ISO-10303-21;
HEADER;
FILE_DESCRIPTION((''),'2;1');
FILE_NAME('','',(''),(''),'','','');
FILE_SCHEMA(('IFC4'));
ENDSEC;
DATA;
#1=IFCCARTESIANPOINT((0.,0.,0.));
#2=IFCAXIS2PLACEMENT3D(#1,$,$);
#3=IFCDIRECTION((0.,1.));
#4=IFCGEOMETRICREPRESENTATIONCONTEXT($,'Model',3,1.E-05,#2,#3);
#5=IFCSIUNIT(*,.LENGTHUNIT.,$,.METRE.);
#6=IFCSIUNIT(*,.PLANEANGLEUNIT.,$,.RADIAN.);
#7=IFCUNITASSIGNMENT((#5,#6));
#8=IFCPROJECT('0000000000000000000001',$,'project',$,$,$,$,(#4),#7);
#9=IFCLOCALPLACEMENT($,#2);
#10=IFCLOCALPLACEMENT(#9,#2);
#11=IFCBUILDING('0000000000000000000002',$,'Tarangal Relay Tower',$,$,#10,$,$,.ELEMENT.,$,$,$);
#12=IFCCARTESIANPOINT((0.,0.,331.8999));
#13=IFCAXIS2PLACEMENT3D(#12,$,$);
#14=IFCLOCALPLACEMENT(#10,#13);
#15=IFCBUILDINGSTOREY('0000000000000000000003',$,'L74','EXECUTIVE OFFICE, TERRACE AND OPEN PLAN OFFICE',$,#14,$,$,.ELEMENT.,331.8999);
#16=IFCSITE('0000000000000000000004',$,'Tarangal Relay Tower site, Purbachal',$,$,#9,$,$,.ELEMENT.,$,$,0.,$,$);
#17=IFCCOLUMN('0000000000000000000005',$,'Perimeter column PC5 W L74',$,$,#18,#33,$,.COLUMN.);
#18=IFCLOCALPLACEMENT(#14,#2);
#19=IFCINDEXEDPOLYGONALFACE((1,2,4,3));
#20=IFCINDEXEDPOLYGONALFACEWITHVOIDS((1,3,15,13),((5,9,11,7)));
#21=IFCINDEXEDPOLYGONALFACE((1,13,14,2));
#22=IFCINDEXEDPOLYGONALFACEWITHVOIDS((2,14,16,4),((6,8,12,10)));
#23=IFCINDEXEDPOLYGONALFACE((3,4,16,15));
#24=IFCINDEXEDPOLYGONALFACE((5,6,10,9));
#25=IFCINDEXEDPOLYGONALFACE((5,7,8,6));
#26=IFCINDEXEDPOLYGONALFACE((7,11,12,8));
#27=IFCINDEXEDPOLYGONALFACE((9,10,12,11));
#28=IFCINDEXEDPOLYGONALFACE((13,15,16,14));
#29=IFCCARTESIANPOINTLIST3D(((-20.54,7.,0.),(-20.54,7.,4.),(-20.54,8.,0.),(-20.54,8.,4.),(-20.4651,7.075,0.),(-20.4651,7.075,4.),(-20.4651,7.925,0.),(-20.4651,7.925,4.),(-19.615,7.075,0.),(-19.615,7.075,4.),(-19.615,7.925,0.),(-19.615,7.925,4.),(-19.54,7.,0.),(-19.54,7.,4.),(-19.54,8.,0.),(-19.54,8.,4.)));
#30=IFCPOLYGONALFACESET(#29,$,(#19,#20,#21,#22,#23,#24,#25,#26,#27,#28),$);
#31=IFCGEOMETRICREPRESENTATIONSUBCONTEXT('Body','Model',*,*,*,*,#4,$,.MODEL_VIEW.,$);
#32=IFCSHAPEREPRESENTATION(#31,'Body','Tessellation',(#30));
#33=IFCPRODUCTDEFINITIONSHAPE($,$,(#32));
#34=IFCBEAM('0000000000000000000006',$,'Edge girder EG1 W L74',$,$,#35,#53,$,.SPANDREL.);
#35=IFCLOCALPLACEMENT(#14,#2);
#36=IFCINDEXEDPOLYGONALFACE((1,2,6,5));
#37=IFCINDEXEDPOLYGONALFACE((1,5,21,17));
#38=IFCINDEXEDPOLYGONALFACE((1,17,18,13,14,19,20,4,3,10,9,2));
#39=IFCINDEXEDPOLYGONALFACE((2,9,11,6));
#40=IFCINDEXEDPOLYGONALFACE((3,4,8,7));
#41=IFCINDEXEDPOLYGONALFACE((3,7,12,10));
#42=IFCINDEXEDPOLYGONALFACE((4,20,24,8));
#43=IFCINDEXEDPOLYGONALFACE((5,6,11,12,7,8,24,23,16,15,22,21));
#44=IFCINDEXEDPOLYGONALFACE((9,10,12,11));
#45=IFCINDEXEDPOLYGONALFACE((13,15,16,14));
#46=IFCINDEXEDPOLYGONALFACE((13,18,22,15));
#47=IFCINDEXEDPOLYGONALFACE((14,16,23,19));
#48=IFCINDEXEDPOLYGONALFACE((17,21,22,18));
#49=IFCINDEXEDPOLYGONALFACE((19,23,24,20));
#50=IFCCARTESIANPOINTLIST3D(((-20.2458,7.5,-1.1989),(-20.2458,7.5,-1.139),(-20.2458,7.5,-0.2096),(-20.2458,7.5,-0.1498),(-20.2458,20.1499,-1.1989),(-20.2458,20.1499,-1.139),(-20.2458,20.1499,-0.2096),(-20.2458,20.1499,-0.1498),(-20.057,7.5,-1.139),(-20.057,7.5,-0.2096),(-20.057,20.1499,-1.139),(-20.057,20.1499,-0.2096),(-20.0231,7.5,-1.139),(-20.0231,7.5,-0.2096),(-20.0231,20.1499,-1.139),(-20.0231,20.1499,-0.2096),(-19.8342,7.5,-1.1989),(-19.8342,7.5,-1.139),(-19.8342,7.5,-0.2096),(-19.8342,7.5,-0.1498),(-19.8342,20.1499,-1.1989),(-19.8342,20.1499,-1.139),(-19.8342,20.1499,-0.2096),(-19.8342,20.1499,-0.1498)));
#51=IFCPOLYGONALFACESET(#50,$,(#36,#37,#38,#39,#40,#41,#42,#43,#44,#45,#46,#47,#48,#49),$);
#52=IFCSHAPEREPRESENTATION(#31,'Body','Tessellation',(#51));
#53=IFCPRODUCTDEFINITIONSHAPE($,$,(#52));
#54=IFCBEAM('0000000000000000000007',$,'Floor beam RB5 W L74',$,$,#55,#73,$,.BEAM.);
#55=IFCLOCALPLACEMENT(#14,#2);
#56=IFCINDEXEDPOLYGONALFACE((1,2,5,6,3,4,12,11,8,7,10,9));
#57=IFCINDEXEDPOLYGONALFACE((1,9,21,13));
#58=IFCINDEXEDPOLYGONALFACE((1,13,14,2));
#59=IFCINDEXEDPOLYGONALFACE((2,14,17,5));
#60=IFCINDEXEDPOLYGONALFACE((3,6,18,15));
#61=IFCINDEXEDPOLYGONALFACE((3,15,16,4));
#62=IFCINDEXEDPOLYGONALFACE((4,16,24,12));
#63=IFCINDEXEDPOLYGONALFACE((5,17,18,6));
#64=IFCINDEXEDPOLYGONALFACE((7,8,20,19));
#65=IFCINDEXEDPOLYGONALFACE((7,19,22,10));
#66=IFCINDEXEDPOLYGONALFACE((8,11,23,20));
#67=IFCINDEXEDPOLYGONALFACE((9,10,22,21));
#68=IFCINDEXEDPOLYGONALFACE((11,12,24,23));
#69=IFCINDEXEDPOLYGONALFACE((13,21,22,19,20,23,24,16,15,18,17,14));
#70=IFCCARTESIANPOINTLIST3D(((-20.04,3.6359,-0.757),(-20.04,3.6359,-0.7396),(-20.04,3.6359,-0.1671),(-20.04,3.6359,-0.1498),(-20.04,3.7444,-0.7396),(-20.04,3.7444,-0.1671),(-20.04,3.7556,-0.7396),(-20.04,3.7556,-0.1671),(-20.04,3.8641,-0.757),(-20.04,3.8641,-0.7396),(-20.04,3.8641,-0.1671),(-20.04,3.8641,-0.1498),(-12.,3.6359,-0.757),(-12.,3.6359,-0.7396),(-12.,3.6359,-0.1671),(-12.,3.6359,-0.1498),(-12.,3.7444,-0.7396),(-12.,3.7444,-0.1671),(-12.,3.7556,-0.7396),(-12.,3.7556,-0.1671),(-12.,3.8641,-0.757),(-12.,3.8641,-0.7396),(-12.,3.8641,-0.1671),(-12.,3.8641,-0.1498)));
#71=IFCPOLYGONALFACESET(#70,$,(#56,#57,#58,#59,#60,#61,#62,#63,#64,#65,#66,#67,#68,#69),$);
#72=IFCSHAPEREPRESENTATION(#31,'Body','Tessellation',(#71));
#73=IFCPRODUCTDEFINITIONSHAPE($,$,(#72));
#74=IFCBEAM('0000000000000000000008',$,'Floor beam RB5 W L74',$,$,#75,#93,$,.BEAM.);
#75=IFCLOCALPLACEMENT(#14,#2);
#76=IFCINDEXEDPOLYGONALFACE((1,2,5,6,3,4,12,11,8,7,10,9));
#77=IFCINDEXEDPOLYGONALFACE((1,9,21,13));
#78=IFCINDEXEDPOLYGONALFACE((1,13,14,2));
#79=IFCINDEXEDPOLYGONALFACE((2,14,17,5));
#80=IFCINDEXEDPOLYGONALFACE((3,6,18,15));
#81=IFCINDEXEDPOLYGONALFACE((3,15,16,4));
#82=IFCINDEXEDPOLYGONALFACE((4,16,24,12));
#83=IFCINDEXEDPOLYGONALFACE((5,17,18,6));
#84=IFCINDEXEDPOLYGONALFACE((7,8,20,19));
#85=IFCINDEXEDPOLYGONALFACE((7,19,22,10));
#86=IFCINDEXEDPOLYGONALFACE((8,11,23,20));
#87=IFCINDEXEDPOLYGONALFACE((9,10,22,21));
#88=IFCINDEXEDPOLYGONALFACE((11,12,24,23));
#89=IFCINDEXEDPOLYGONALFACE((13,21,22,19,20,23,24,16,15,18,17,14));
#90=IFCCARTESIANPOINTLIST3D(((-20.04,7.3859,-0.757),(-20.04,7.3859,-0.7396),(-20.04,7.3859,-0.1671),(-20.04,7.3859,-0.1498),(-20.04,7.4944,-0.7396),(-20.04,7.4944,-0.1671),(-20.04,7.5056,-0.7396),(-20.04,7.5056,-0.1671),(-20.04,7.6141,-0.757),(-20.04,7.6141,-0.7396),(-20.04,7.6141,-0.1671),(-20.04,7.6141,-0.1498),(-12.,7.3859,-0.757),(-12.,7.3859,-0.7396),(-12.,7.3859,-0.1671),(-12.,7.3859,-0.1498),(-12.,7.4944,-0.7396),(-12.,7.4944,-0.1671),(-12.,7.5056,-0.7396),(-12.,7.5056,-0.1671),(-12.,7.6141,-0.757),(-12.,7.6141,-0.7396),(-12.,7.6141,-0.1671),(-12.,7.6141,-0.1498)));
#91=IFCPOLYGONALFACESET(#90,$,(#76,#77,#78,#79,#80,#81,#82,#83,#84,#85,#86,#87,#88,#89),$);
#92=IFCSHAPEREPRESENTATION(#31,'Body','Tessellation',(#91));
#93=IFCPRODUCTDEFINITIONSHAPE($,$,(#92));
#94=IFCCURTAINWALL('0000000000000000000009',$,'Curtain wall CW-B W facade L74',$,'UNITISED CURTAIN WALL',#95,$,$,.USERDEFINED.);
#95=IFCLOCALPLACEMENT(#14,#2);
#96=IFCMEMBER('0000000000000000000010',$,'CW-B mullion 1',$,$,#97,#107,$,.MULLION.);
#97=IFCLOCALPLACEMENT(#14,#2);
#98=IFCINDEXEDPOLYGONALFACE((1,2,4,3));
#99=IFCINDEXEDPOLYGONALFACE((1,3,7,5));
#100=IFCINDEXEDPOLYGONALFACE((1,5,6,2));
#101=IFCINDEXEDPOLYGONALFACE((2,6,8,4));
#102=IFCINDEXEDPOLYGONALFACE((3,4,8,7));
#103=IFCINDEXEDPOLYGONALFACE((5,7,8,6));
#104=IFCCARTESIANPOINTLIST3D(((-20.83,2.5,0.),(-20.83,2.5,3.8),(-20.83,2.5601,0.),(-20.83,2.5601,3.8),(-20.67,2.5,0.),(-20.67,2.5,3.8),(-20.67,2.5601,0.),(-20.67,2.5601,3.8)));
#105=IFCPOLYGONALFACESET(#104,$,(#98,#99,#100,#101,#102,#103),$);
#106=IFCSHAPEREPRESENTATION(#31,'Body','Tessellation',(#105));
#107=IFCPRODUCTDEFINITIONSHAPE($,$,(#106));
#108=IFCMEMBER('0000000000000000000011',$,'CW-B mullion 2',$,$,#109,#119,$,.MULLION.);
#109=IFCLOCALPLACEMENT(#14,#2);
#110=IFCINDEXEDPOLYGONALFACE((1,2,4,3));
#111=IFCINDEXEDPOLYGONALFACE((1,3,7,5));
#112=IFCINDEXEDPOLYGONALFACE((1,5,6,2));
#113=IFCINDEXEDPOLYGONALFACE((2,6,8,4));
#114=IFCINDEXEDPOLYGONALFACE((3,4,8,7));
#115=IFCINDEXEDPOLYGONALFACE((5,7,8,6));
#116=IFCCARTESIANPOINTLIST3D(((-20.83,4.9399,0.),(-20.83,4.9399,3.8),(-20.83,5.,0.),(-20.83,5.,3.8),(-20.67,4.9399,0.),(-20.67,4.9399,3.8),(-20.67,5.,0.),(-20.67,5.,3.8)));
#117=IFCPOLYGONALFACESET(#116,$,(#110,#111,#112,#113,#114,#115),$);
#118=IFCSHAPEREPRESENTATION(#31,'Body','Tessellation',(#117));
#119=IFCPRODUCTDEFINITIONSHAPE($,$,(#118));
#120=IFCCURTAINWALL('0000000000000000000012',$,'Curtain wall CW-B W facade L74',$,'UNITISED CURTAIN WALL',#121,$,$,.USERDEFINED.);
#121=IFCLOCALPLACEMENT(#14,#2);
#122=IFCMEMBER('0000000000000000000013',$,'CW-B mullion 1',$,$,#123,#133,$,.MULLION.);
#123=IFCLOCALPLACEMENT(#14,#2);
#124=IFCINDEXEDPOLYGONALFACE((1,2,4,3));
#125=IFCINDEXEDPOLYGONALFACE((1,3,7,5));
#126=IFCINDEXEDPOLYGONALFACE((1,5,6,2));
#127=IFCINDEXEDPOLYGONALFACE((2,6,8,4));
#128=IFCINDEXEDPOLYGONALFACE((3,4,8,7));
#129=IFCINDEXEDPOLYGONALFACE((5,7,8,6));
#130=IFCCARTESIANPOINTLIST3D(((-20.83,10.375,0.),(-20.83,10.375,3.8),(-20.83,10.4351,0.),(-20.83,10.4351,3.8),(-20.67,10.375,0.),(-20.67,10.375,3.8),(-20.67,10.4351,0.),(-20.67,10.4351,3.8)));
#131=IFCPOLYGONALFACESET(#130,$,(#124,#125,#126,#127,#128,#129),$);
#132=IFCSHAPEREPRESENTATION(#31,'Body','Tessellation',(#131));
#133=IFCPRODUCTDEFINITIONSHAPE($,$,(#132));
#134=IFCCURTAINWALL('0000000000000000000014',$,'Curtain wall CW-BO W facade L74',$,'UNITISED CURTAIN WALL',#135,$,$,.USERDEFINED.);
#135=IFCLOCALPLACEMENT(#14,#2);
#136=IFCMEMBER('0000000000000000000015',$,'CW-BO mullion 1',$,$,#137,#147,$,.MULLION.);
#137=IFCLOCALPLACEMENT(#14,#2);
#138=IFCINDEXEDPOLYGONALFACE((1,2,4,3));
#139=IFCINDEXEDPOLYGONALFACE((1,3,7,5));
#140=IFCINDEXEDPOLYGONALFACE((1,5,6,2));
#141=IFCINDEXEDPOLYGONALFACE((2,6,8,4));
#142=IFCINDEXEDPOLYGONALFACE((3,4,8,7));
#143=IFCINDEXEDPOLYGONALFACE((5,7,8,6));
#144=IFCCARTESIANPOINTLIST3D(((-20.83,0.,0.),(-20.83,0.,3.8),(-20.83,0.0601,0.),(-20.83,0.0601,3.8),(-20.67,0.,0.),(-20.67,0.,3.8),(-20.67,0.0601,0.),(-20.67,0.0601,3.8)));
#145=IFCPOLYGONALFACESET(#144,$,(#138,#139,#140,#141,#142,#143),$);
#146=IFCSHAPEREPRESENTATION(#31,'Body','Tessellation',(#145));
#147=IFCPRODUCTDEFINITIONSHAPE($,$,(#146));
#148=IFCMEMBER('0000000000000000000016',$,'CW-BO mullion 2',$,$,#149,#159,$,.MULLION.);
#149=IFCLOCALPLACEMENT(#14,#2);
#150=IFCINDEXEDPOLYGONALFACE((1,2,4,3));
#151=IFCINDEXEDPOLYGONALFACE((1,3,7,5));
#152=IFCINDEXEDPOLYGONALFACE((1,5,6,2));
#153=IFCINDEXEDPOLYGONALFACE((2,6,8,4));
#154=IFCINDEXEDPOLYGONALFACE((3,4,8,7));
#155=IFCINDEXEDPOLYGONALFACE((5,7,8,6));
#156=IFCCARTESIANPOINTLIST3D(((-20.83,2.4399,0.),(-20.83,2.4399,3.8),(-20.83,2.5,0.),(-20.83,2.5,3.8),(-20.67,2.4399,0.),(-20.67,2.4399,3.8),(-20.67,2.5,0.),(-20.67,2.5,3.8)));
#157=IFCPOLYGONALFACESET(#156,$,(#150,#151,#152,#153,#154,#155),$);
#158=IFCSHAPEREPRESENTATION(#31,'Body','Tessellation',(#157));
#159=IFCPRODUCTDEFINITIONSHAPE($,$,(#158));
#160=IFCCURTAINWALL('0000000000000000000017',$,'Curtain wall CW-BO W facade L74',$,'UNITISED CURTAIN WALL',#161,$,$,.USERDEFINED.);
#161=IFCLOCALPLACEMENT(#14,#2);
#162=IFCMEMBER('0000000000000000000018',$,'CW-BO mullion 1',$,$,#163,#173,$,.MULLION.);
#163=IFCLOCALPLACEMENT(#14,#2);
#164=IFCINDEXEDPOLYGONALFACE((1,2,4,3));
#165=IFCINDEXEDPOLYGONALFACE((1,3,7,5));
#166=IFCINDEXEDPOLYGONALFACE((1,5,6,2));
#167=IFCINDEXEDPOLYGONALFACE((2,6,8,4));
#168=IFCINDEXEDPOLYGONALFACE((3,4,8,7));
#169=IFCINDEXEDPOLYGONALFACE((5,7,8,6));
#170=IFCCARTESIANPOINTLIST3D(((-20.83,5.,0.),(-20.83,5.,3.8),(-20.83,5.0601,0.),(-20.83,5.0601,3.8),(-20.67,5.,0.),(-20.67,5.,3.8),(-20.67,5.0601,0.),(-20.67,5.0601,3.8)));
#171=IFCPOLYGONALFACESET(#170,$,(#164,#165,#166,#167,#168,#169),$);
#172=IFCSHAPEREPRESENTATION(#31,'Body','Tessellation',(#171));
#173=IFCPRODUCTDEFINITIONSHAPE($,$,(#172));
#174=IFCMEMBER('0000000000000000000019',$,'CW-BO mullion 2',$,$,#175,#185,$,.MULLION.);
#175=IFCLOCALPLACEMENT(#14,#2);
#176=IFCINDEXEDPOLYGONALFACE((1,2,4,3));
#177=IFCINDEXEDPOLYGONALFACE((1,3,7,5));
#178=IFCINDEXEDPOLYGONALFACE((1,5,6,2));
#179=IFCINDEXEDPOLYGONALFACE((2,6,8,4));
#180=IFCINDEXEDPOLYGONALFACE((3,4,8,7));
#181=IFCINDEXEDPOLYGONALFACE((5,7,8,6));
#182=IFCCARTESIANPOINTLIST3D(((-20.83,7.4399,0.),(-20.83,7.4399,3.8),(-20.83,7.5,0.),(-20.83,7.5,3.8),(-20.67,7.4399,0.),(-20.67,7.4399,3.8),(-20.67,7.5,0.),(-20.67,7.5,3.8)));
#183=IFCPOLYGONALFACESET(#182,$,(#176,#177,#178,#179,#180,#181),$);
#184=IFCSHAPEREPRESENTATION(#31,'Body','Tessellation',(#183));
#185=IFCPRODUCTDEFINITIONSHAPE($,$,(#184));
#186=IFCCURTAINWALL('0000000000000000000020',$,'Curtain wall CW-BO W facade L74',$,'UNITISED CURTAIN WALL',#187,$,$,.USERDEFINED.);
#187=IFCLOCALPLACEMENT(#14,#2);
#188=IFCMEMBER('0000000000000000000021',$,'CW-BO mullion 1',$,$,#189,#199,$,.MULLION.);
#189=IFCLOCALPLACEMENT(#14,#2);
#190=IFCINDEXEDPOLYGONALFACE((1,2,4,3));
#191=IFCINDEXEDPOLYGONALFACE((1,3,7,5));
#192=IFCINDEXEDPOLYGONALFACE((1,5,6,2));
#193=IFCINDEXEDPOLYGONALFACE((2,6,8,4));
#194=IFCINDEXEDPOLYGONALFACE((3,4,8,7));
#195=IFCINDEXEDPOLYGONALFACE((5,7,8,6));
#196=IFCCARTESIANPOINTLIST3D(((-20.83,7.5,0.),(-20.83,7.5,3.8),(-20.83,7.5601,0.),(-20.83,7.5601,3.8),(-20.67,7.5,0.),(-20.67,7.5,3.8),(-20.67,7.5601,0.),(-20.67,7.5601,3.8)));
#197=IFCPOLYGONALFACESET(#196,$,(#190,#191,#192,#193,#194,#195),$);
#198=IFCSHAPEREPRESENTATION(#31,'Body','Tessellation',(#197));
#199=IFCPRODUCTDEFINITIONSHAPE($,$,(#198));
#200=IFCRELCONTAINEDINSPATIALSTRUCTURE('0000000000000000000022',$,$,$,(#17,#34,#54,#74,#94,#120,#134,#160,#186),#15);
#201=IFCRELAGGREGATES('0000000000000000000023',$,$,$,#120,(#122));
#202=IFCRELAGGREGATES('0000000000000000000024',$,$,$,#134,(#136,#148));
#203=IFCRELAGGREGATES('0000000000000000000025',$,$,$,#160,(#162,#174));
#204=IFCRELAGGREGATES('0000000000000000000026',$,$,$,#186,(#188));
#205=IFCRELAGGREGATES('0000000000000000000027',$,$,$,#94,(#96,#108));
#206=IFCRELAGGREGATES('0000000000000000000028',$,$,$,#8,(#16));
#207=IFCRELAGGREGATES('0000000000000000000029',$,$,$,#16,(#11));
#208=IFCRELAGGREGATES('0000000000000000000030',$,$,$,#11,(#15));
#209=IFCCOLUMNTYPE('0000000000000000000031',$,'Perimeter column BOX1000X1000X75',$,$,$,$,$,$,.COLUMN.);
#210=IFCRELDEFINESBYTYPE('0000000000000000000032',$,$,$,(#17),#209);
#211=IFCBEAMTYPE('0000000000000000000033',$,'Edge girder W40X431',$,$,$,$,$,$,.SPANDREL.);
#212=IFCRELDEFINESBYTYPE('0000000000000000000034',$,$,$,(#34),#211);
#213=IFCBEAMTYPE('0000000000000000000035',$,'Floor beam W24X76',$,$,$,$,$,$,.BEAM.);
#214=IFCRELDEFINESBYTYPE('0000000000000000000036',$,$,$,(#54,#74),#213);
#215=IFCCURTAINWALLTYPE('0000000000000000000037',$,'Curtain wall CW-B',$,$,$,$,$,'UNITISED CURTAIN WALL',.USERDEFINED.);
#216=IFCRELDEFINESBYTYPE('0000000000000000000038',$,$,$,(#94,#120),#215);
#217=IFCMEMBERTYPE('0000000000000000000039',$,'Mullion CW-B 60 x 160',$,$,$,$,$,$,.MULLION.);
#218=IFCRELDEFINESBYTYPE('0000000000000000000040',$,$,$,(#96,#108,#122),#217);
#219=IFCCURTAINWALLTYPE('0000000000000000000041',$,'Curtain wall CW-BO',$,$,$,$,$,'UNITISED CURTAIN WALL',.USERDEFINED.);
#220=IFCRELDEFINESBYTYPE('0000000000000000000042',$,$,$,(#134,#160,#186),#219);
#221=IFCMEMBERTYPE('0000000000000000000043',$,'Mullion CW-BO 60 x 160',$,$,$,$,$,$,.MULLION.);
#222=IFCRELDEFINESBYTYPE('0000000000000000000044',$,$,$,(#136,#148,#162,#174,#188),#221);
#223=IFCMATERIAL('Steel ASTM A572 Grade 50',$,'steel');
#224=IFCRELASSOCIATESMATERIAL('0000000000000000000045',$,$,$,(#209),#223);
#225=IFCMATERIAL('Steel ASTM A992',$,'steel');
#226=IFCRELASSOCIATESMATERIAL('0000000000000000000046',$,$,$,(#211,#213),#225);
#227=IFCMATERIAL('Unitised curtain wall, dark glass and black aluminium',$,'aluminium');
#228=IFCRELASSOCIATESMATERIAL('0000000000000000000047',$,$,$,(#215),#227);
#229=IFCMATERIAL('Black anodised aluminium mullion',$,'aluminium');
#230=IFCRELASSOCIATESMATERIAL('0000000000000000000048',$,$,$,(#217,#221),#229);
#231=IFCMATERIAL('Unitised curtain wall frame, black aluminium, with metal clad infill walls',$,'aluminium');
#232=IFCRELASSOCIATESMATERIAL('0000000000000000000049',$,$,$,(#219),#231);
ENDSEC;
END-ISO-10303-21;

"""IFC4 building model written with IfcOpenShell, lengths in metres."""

from ifc_helpers import new_model, si_unit, direction, frame, origin, origin_2d, place, context, subcontext, project, spatial, rectangle, hollow_rectangle, i_section, extrude, material, material_profile, profile_set, type_object, element, aggregate, save


model = new_model("IFC4")

# Units and contexts
model_context = context("Model", 3, precision=1e-05, world=origin(), true_north=direction((0.0, 1.0)))
body_context = subcontext(model_context, "Body", "Model", "MODEL_VIEW")
ifc_project = project(units=[si_unit("LENGTHUNIT", "METRE"), si_unit("PLANEANGLEUNIT", "RADIAN")], contexts=[model_context])

# Site, building, storey
site_placement = place(None, origin())
site = spatial("IfcSite", under=ifc_project, at=site_placement, Name="Tarangal Relay Tower site, Purbachal", CompositionType="ELEMENT", RefElevation=0.0)
building_placement = place(site_placement, origin())
building = spatial("IfcBuilding", under=site, at=building_placement, Name="Tarangal Relay Tower", CompositionType="ELEMENT")
storey_placement = place(building_placement, frame((0.0, 0.0, 331.8999)))
storey = spatial("IfcBuildingStorey", under=building, at=storey_placement, Name="L74", Description="EXECUTIVE OFFICE, TERRACE AND OPEN PLAN OFFICE", CompositionType="ELEMENT", Elevation=331.8999)

# Column
ifc_material_1 = material(Name="Steel ASTM A572 Grade 50", Category="steel")
ifc_material_profile_1 = material_profile(ifc_material_1, hollow_rectangle(XDim=1.0, YDim=1.0, WallThickness=0.075, at=origin_2d()), Name="BOX1000X1000X75")
ifc_profile_set_1 = profile_set([ifc_material_profile_1], Name="Steel ASTM A572 Grade 50")
column_type = type_object("IfcColumnType", Name="Perimeter column BOX1000X1000X75", PredefinedType="COLUMN", material=ifc_profile_set_1)
column_placement = place(storey_placement, frame((-20.04, 7.5, 0.0), z_axis=(0.0, 0.0, 1.0), x_axis=(1.0, 0.0, 0.0)))
element("IfcColumn", 1, at=column_placement, inside=storey, type_object=column_type, Name="Perimeter column PC5 W L74", PredefinedType="COLUMN", context=body_context, shape_type="SweptSolid", body=[
    extrude(hollow_rectangle(XDim=1.0, YDim=1.0, WallThickness=0.075, at=origin_2d()), origin(), (0.0, 0.0, 1.0), 4.0),
])

# Beams
ifc_material_2 = material(Name="Steel ASTM A992", Category="steel")
ifc_material_profile_2 = material_profile(ifc_material_2, i_section(OverallWidth=0.4116, OverallDepth=1.0491, WebThickness=0.0339, FlangeThickness=0.0598, at=origin_2d()), Name="W40X431")
ifc_profile_set_2 = profile_set([ifc_material_profile_2], Name="Steel ASTM A992")
beam_type_1 = type_object("IfcBeamType", Name="Edge girder W40X431", PredefinedType="SPANDREL", material=ifc_profile_set_2)
beam_placement = place(storey_placement, frame((-20.04, 7.5, -0.6743), z_axis=(0.0, 1.0, 0.0), x_axis=(-1.0, 0.0, 0.0)))
element("IfcBeam", 2, at=beam_placement, inside=storey, type_object=beam_type_1, Name="Edge girder EG1 W L74", PredefinedType="SPANDREL", context=body_context, shape_type="SweptSolid", body=[
    extrude(i_section(OverallWidth=0.4116, OverallDepth=1.0491, WebThickness=0.0339, FlangeThickness=0.0598, at=origin_2d()), origin(), (0.0, 0.0, 1.0), 12.6499),
])
ifc_material_profile_3 = material_profile(ifc_material_2, i_section(OverallWidth=0.2283, OverallDepth=0.6072, WebThickness=0.0112, FlangeThickness=0.0173, at=origin_2d()), Name="W24X76")
ifc_profile_set_3 = profile_set([ifc_material_profile_3], Name="Steel ASTM A992")
beam_type_2 = type_object("IfcBeamType", Name="Floor beam W24X76", PredefinedType="BEAM", material=ifc_profile_set_3)
for number, where, z_axis, x_axis, name in (
    (3, (-12.0, 3.75, -0.4534), (-1.0, 0.0, 0.0), (0.0, -1.0, 0.0), "Floor beam RB5 W L74"),
    (4, (-12.0, 7.5, -0.4534), (-1.0, 0.0, 0.0), (0.0, -1.0, 0.0), "Floor beam RB5 W L74"),
):
    element("IfcBeam", number, at=place(storey_placement, frame(where, z_axis=z_axis, x_axis=x_axis)), inside=storey, type_object=beam_type_2, Name=name, PredefinedType="BEAM", context=body_context, shape_type="SweptSolid", body=[
        extrude(i_section(OverallWidth=0.2283, OverallDepth=0.6072, WebThickness=0.0112, FlangeThickness=0.0173, at=origin_2d()), origin(), (0.0, 0.0, 1.0), 8.04),
    ])

# Curtain wall, members
ifc_material_3 = material(Name="Unitised curtain wall, dark glass and black aluminium", Category="aluminium")
curtain_wall_type_1 = type_object("IfcCurtainWallType", Name="Curtain wall CW-B", ElementType="UNITISED CURTAIN WALL", PredefinedType="USERDEFINED", material=ifc_material_3)
curtain_wall_1_placement = place(storey_placement, origin())
curtain_wall_1 = element("IfcCurtainWall", 5, at=curtain_wall_1_placement, inside=storey, type_object=curtain_wall_type_1, Name="Curtain wall CW-B W facade L74", ObjectType="UNITISED CURTAIN WALL", PredefinedType="USERDEFINED")
ifc_material_4 = material(Name="Black anodised aluminium mullion", Category="aluminium")
ifc_material_profile_4 = material_profile(ifc_material_4, rectangle(XDim=0.1599, YDim=0.0601, at=origin_2d()), Name="CW-BM 60X160")
ifc_profile_set_4 = profile_set([ifc_material_profile_4], Name="Black anodised aluminium mullion")
member_type_1 = type_object("IfcMemberType", Name="Mullion CW-B 60 x 160", PredefinedType="MULLION", material=ifc_profile_set_4)
member_1_placement = place(storey_placement, frame((-20.75, 2.53, 0.0), z_axis=(0.0, 0.0, 1.0), x_axis=(-1.0, 0.0, 0.0)))
member_1 = element("IfcMember", 6, at=member_1_placement, type_object=member_type_1, Name="CW-B mullion 1", PredefinedType="MULLION", context=body_context, shape_type="SweptSolid", body=[
    extrude(rectangle(XDim=0.1599, YDim=0.0601, at=origin_2d()), origin(), (0.0, 0.0, 1.0), 3.8),
])
member_2_placement = place(storey_placement, frame((-20.75, 4.97, 0.0), z_axis=(0.0, 0.0, 1.0), x_axis=(-1.0, 0.0, 0.0)))
member_2 = element("IfcMember", 7, at=member_2_placement, type_object=member_type_1, Name="CW-B mullion 2", PredefinedType="MULLION", context=body_context, shape_type="SweptSolid", body=[
    extrude(rectangle(XDim=0.1599, YDim=0.0601, at=origin_2d()), origin(), (0.0, 0.0, 1.0), 3.8),
])

# Curtain wall, member
curtain_wall_2_placement = place(storey_placement, origin())
curtain_wall_2 = element("IfcCurtainWall", 8, at=curtain_wall_2_placement, inside=storey, type_object=curtain_wall_type_1, Name="Curtain wall CW-B W facade L74", ObjectType="UNITISED CURTAIN WALL", PredefinedType="USERDEFINED")
member_3_placement = place(storey_placement, frame((-20.75, 10.405, 0.0), z_axis=(0.0, 0.0, 1.0), x_axis=(-1.0, 0.0, 0.0)))
member_3 = element("IfcMember", 9, at=member_3_placement, type_object=member_type_1, Name="CW-B mullion 1", PredefinedType="MULLION", context=body_context, shape_type="SweptSolid", body=[
    extrude(rectangle(XDim=0.1599, YDim=0.0601, at=origin_2d()), origin(), (0.0, 0.0, 1.0), 3.8),
])

# Curtain walls, members
ifc_material_5 = material(Name="Unitised curtain wall frame, black aluminium, with metal clad infill walls", Category="aluminium")
curtain_wall_type_2 = type_object("IfcCurtainWallType", Name="Curtain wall CW-BO", ElementType="UNITISED CURTAIN WALL", PredefinedType="USERDEFINED", material=ifc_material_5)
curtain_wall_3_placement = place(storey_placement, origin())
curtain_wall_3 = element("IfcCurtainWall", 10, at=curtain_wall_3_placement, inside=storey, type_object=curtain_wall_type_2, Name="Curtain wall CW-BO W facade L74", ObjectType="UNITISED CURTAIN WALL", PredefinedType="USERDEFINED")
ifc_material_profile_5 = material_profile(ifc_material_4, rectangle(XDim=0.1599, YDim=0.0601, at=origin_2d()), Name="CW-BOM 60X160")
ifc_profile_set_5 = profile_set([ifc_material_profile_5], Name="Black anodised aluminium mullion")
member_type_2 = type_object("IfcMemberType", Name="Mullion CW-BO 60 x 160", PredefinedType="MULLION", material=ifc_profile_set_5)
member_4_placement = place(storey_placement, frame((-20.75, 0.03, 0.0), z_axis=(0.0, 0.0, 1.0), x_axis=(-1.0, 0.0, 0.0)))
member_4 = element("IfcMember", 11, at=member_4_placement, type_object=member_type_2, Name="CW-BO mullion 1", PredefinedType="MULLION", context=body_context, shape_type="SweptSolid", body=[
    extrude(rectangle(XDim=0.1599, YDim=0.0601, at=origin_2d()), origin(), (0.0, 0.0, 1.0), 3.8),
])
member_5_placement = place(storey_placement, frame((-20.75, 2.47, 0.0), z_axis=(0.0, 0.0, 1.0), x_axis=(-1.0, 0.0, 0.0)))
member_5 = element("IfcMember", 12, at=member_5_placement, type_object=member_type_2, Name="CW-BO mullion 2", PredefinedType="MULLION", context=body_context, shape_type="SweptSolid", body=[
    extrude(rectangle(XDim=0.1599, YDim=0.0601, at=origin_2d()), origin(), (0.0, 0.0, 1.0), 3.8),
])
curtain_wall_4_placement = place(storey_placement, origin())
curtain_wall_4 = element("IfcCurtainWall", 13, at=curtain_wall_4_placement, inside=storey, type_object=curtain_wall_type_2, Name="Curtain wall CW-BO W facade L74", ObjectType="UNITISED CURTAIN WALL", PredefinedType="USERDEFINED")
member_6_placement = place(storey_placement, frame((-20.75, 5.03, 0.0), z_axis=(0.0, 0.0, 1.0), x_axis=(-1.0, 0.0, 0.0)))
member_6 = element("IfcMember", 14, at=member_6_placement, type_object=member_type_2, Name="CW-BO mullion 1", PredefinedType="MULLION", context=body_context, shape_type="SweptSolid", body=[
    extrude(rectangle(XDim=0.1599, YDim=0.0601, at=origin_2d()), origin(), (0.0, 0.0, 1.0), 3.8),
])
member_7_placement = place(storey_placement, frame((-20.75, 7.47, 0.0), z_axis=(0.0, 0.0, 1.0), x_axis=(-1.0, 0.0, 0.0)))
member_7 = element("IfcMember", 15, at=member_7_placement, type_object=member_type_2, Name="CW-BO mullion 2", PredefinedType="MULLION", context=body_context, shape_type="SweptSolid", body=[
    extrude(rectangle(XDim=0.1599, YDim=0.0601, at=origin_2d()), origin(), (0.0, 0.0, 1.0), 3.8),
])
curtain_wall_5_placement = place(storey_placement, origin())
curtain_wall_5 = element("IfcCurtainWall", 16, at=curtain_wall_5_placement, inside=storey, type_object=curtain_wall_type_2, Name="Curtain wall CW-BO W facade L74", ObjectType="UNITISED CURTAIN WALL", PredefinedType="USERDEFINED")
member_8_placement = place(storey_placement, frame((-20.75, 7.53, 0.0), z_axis=(0.0, 0.0, 1.0), x_axis=(-1.0, 0.0, 0.0)))
member_8 = element("IfcMember", 17, at=member_8_placement, type_object=member_type_2, Name="CW-BO mullion 1", PredefinedType="MULLION", context=body_context, shape_type="SweptSolid", body=[
    extrude(rectangle(XDim=0.1599, YDim=0.0601, at=origin_2d()), origin(), (0.0, 0.0, 1.0), 3.8),
])

aggregate(curtain_wall_2, [member_3])
aggregate(curtain_wall_3, [member_4, member_5])
aggregate(curtain_wall_4, [member_6, member_7])
aggregate(curtain_wall_5, [member_8])

aggregate(curtain_wall_1, [member_1, member_2])

save(model, "model.ifc")
